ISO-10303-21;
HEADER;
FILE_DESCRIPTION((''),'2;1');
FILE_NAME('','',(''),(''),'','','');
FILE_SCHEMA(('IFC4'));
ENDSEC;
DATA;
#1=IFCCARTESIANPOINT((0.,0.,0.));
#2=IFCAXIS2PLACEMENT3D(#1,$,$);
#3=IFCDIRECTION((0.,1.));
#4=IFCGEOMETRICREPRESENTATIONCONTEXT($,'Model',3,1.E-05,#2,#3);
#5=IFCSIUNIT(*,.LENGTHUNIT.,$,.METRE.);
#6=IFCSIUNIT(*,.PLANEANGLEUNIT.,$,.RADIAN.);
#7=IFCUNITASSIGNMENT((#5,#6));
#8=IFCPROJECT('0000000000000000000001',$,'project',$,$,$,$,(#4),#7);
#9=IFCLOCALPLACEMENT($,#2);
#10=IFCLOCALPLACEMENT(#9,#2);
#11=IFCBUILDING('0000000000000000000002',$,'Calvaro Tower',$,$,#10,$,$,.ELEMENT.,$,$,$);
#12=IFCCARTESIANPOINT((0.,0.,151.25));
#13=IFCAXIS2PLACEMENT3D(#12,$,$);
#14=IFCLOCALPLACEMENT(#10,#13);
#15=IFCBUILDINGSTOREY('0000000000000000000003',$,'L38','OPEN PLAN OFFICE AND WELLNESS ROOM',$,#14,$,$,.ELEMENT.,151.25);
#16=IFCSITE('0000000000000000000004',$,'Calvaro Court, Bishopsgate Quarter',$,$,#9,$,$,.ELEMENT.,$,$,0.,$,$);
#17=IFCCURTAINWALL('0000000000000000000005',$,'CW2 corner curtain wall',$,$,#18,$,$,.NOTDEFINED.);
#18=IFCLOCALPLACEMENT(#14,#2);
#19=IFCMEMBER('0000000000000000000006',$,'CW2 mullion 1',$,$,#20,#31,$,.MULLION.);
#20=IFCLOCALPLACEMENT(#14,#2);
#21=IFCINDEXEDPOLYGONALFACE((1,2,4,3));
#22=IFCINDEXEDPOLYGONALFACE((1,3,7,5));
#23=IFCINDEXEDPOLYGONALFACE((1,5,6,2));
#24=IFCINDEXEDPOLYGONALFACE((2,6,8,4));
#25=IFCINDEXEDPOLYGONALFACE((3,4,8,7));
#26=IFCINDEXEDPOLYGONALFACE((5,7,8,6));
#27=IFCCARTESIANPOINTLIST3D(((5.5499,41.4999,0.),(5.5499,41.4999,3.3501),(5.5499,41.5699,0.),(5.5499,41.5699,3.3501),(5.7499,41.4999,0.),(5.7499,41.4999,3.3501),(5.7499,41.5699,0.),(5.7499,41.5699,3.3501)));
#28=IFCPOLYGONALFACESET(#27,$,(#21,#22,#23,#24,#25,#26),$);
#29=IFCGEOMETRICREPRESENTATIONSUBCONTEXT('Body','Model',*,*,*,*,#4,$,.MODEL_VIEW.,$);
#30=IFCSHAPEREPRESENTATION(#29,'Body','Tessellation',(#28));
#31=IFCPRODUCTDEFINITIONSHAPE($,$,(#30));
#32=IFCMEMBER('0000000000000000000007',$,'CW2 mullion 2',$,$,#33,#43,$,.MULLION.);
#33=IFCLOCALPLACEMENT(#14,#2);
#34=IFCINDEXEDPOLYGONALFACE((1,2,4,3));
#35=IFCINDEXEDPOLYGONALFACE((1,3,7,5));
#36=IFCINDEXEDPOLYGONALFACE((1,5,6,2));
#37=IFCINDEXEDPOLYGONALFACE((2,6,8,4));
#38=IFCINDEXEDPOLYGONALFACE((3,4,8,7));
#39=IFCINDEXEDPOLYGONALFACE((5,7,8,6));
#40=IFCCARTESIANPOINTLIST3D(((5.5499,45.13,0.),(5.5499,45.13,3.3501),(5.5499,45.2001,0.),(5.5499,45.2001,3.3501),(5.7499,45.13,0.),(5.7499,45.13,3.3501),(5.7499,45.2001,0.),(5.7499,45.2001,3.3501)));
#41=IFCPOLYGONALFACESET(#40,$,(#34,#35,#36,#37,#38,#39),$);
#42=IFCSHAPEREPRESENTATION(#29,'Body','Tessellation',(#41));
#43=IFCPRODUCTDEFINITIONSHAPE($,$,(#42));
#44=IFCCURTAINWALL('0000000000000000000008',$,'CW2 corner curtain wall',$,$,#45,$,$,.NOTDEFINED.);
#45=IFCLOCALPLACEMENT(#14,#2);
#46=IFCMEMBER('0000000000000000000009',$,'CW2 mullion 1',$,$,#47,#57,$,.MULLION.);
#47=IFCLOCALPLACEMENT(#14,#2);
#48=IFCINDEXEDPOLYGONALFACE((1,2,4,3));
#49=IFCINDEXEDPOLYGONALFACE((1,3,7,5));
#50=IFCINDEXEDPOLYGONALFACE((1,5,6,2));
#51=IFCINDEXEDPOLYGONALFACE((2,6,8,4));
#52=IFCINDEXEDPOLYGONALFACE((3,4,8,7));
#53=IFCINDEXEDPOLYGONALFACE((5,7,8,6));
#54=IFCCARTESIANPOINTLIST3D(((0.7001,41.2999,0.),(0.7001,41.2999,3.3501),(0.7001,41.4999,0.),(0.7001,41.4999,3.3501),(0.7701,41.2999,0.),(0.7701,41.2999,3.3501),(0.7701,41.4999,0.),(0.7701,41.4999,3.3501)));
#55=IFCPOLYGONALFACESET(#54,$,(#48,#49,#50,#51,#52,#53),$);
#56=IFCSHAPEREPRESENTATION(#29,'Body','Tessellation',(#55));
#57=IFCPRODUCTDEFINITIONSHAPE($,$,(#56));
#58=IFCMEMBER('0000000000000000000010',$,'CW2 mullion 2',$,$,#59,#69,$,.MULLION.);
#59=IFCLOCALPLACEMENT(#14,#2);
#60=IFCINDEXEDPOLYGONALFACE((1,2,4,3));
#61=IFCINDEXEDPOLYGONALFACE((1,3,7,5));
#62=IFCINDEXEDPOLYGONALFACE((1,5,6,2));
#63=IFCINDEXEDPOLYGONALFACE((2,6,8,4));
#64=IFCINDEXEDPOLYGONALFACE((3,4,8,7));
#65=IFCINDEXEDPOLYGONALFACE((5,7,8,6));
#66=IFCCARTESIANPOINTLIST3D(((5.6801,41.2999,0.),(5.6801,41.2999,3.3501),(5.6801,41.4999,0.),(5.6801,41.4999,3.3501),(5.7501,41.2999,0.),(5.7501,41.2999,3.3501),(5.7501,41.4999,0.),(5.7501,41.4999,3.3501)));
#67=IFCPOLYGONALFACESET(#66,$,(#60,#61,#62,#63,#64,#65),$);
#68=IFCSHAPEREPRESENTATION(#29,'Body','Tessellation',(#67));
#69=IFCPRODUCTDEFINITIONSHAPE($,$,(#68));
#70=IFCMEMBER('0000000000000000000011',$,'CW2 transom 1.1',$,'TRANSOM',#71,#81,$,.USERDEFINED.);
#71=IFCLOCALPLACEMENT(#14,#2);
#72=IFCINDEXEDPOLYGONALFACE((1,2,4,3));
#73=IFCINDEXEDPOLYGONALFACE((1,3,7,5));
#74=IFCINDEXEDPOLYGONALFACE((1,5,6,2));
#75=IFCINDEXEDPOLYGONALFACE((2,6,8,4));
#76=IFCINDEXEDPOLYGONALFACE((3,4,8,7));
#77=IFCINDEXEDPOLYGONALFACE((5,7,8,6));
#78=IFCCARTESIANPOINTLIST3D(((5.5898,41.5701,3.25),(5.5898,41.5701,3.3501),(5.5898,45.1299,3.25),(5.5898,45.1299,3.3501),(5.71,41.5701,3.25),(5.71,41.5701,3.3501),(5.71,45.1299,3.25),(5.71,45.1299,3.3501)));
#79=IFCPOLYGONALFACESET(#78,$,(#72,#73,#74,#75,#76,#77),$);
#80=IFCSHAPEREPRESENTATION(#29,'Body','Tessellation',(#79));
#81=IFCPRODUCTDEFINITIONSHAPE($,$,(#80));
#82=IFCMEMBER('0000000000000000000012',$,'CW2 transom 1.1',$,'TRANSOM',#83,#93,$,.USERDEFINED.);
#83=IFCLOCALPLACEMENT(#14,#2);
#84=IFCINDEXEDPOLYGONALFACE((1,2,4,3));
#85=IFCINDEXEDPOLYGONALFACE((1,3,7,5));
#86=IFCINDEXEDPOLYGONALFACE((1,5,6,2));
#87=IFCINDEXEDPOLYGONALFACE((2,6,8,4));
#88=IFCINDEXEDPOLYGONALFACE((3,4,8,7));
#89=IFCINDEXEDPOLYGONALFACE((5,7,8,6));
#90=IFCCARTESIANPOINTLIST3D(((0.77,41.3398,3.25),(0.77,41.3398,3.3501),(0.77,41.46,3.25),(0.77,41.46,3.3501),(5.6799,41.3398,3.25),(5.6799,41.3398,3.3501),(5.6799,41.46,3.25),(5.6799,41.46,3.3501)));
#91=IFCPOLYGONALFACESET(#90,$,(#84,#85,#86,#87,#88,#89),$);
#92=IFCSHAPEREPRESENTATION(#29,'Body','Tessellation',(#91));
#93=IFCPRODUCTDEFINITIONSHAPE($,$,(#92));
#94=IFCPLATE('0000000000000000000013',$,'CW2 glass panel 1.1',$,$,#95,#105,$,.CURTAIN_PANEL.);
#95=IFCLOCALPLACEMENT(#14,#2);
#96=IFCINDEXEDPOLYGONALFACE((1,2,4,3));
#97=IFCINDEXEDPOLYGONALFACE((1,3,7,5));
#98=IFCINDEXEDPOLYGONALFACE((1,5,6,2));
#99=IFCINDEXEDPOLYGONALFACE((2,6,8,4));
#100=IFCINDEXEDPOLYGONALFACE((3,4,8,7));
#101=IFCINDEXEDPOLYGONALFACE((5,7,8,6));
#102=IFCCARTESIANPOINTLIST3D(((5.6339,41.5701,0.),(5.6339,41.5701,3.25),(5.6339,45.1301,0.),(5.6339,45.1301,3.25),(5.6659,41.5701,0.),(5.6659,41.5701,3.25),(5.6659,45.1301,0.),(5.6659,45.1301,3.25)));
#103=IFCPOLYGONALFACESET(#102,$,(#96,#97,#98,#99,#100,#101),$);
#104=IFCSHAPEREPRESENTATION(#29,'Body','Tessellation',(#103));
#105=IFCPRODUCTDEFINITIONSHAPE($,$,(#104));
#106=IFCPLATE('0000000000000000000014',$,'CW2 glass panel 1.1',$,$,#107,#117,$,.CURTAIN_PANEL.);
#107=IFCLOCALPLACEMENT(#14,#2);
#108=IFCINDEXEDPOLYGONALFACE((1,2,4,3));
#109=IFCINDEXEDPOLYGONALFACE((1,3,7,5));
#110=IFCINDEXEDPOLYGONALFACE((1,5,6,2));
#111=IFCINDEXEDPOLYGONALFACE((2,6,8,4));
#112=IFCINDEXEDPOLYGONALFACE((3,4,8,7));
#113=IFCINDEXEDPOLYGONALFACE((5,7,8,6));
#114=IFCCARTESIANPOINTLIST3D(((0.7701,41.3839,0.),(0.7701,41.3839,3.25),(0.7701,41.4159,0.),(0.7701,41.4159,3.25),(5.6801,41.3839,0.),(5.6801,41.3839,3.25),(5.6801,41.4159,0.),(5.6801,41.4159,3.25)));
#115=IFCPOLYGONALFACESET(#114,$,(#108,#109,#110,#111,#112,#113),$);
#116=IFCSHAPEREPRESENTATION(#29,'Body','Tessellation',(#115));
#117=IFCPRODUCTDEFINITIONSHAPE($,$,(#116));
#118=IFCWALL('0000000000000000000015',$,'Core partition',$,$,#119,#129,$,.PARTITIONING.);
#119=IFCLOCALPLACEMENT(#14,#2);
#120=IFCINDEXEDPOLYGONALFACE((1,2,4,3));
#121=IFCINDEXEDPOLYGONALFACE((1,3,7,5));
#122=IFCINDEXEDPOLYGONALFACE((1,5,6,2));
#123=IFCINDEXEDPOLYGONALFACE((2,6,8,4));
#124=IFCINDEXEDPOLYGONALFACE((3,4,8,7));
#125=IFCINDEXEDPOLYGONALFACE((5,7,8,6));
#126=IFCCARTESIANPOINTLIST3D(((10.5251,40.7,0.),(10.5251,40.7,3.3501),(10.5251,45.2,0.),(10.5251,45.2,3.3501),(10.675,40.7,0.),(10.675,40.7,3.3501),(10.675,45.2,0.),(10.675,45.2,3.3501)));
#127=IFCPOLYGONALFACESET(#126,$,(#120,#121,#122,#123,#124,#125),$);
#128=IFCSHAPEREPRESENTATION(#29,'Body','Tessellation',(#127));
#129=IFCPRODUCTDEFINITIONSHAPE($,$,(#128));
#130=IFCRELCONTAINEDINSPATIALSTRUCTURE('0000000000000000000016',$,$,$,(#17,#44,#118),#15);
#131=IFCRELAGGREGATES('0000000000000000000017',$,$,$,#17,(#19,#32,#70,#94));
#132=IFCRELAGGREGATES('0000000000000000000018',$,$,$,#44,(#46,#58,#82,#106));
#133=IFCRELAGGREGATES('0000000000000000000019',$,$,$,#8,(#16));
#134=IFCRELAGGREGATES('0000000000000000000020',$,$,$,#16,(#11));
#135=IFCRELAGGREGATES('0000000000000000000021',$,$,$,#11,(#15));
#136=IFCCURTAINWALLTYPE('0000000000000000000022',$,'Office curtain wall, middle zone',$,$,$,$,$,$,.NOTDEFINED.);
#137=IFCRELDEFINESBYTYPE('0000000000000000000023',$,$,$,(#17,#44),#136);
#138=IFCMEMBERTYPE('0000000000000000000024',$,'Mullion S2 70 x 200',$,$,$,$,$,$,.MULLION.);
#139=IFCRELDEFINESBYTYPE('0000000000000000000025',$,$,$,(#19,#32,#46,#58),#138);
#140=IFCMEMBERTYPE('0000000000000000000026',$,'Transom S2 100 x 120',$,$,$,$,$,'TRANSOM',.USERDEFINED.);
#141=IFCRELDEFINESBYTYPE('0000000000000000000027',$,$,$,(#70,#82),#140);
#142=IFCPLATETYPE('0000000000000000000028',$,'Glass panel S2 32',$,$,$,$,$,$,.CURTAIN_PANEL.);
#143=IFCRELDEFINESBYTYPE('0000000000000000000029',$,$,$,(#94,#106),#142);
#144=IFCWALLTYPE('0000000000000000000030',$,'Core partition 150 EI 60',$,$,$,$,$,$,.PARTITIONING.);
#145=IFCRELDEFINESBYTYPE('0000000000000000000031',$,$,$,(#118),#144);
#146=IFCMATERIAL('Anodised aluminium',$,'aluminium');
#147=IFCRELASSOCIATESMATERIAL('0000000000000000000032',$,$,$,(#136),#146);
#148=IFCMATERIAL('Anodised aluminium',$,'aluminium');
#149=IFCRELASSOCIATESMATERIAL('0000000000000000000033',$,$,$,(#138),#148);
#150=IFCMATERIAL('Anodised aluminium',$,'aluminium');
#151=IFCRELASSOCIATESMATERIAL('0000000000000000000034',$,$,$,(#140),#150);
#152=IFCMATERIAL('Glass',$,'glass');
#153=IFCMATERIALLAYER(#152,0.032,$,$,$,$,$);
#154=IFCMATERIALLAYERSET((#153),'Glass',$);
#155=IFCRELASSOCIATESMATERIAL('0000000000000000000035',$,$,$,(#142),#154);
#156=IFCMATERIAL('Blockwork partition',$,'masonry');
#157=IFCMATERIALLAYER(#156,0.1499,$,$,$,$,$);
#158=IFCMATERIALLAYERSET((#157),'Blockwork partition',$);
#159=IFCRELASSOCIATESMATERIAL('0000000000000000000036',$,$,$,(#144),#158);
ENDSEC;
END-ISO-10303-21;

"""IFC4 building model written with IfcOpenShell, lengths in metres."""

from ifc_helpers import new_model, si_unit, direction, frame, frame_2d, origin, origin_2d, place, context, subcontext, project, spatial, rectangle, extrude, material, layer, layer_set, material_profile, profile_set, type_object, element, aggregate, save


model = new_model("IFC4")

# Units and contexts
model_context = context("Model", 3, precision=1e-05, world=origin(), true_north=direction((0.0, 1.0)))
body_context = subcontext(model_context, "Body", "Model", "MODEL_VIEW")
ifc_project = project(units=[si_unit("LENGTHUNIT", "METRE"), si_unit("PLANEANGLEUNIT", "RADIAN")], contexts=[model_context])

# Site, building, storey
site_placement = place(None, origin())
site = spatial("IfcSite", under=ifc_project, at=site_placement, Name="Calvaro Court, Bishopsgate Quarter", CompositionType="ELEMENT", RefElevation=0.0)
building_placement = place(site_placement, origin())
building = spatial("IfcBuilding", under=site, at=building_placement, Name="Calvaro Tower", CompositionType="ELEMENT")
storey_placement = place(building_placement, frame((0.0, 0.0, 151.25)))
storey = spatial("IfcBuildingStorey", under=building, at=storey_placement, Name="L38", Description="OPEN PLAN OFFICE AND WELLNESS ROOM", CompositionType="ELEMENT", Elevation=151.25)

# Curtain walls, members
ifc_material_1 = material(Name="Anodised aluminium", Category="aluminium")
curtain_wall_type = type_object("IfcCurtainWallType", Name="Office curtain wall, middle zone", PredefinedType="NOTDEFINED", material=ifc_material_1)
curtain_wall_1_placement = place(storey_placement, origin())
curtain_wall_1 = element("IfcCurtainWall", 1, at=curtain_wall_1_placement, inside=storey, type_object=curtain_wall_type, Name="CW2 corner curtain wall", PredefinedType="NOTDEFINED")
ifc_material_2 = material(Name="Anodised aluminium", Category="aluminium")
ifc_material_profile_1 = material_profile(ifc_material_2, rectangle(XDim=0.2, YDim=0.0701, at=origin_2d()), Name="Mullion S2 70 x 200")
ifc_profile_set_1 = profile_set([ifc_material_profile_1], Name="Anodised aluminium")
member_type_1 = type_object("IfcMemberType", Name="Mullion S2 70 x 200", PredefinedType="MULLION", material=ifc_profile_set_1)
member_1_placement = place(storey_placement, frame((5.6499, 41.5349, 0.0), z_axis=(0.0, 0.0, 1.0), x_axis=(-1.0, 0.0, 0.0)))
member_1 = element("IfcMember", 2, at=member_1_placement, type_object=member_type_1, Name="CW2 mullion 1", PredefinedType="MULLION", context=body_context, shape_type="SweptSolid", body=[
    extrude(rectangle(XDim=0.2, YDim=0.0701, at=origin_2d()), origin(), (0.0, 0.0, 1.0), 3.3501),
])
member_2_placement = place(storey_placement, frame((5.6499, 45.165, 0.0), z_axis=(0.0, 0.0, 1.0), x_axis=(-1.0, 0.0, 0.0)))
member_2 = element("IfcMember", 3, at=member_2_placement, type_object=member_type_1, Name="CW2 mullion 2", PredefinedType="MULLION", context=body_context, shape_type="SweptSolid", body=[
    extrude(rectangle(XDim=0.2, YDim=0.0701, at=origin_2d()), origin(), (0.0, 0.0, 1.0), 3.3501),
])
curtain_wall_2_placement = place(storey_placement, origin())
curtain_wall_2 = element("IfcCurtainWall", 4, at=curtain_wall_2_placement, inside=storey, type_object=curtain_wall_type, Name="CW2 corner curtain wall", PredefinedType="NOTDEFINED")
member_3_placement = place(storey_placement, frame((0.7351, 41.3999, 0.0), z_axis=(0.0, 0.0, 1.0), x_axis=(0.0, 1.0, 0.0)))
member_3 = element("IfcMember", 5, at=member_3_placement, type_object=member_type_1, Name="CW2 mullion 1", PredefinedType="MULLION", context=body_context, shape_type="SweptSolid", body=[
    extrude(rectangle(XDim=0.2, YDim=0.0701, at=origin_2d()), origin(), (0.0, 0.0, 1.0), 3.3501),
])
member_4_placement = place(storey_placement, frame((5.7151, 41.3999, 0.0), z_axis=(0.0, 0.0, 1.0), x_axis=(0.0, 1.0, 0.0)))
member_4 = element("IfcMember", 6, at=member_4_placement, type_object=member_type_1, Name="CW2 mullion 2", PredefinedType="MULLION", context=body_context, shape_type="SweptSolid", body=[
    extrude(rectangle(XDim=0.2, YDim=0.0701, at=origin_2d()), origin(), (0.0, 0.0, 1.0), 3.3501),
])

# Members
ifc_material_3 = material(Name="Anodised aluminium", Category="aluminium")
ifc_material_profile_2 = material_profile(ifc_material_3, rectangle(XDim=0.1201, YDim=0.1001, at=origin_2d()), Name="Transom S2 100 x 120")
ifc_profile_set_2 = profile_set([ifc_material_profile_2], Name="Anodised aluminium")
member_type_2 = type_object("IfcMemberType", Name="Transom S2 100 x 120", ElementType="TRANSOM", PredefinedType="USERDEFINED", material=ifc_profile_set_2)
member_5_placement = place(storey_placement, frame((5.6499, 41.5701, 3.3), z_axis=(0.0, 1.0, 0.0), x_axis=(-1.0, 0.0, 0.0)))
member_5 = element("IfcMember", 7, at=member_5_placement, type_object=member_type_2, Name="CW2 transom 1.1", ObjectType="TRANSOM", PredefinedType="USERDEFINED", context=body_context, shape_type="SweptSolid", body=[
    extrude(rectangle(XDim=0.1201, YDim=0.1001, at=origin_2d()), origin(), (0.0, 0.0, 1.0), 3.5598),
])
member_6_placement = place(storey_placement, frame((0.77, 41.3999, 3.3), z_axis=(1.0, 0.0, 0.0), x_axis=(0.0, 1.0, 0.0)))
member_6 = element("IfcMember", 8, at=member_6_placement, type_object=member_type_2, Name="CW2 transom 1.1", ObjectType="TRANSOM", PredefinedType="USERDEFINED", context=body_context, shape_type="SweptSolid", body=[
    extrude(rectangle(XDim=0.1201, YDim=0.1001, at=origin_2d()), origin(), (0.0, 0.0, 1.0), 4.9099),
])

# Plates
ifc_material_4 = material(Name="Glass", Category="glass")
ifc_layer_1 = layer(ifc_material_4, 0.032)
ifc_layer_set_1 = layer_set([ifc_layer_1], Name="Glass")
plate_type = type_object("IfcPlateType", Name="Glass panel S2 32", PredefinedType="CURTAIN_PANEL", material=ifc_layer_set_1)
plate_1_placement = place(storey_placement, frame((5.6499, 43.3501, 0.0), z_axis=(0.0, 0.0, 1.0), x_axis=(0.0, 1.0, 0.0)))
plate_1 = element("IfcPlate", 9, at=plate_1_placement, type_object=plate_type, Name="CW2 glass panel 1.1", PredefinedType="CURTAIN_PANEL", context=body_context, shape_type="SweptSolid", body=[
    extrude(rectangle(XDim=3.5601, YDim=0.032, at=origin_2d()), origin(), (0.0, 0.0, 1.0), 3.25),
])
aggregate(curtain_wall_1, [member_1, member_2, member_5, plate_1])
plate_2_placement = place(storey_placement, frame((3.2251, 41.3999, 0.0), z_axis=(0.0, 0.0, 1.0), x_axis=(1.0, 0.0, 0.0)))
plate_2 = element("IfcPlate", 10, at=plate_2_placement, type_object=plate_type, Name="CW2 glass panel 1.1", PredefinedType="CURTAIN_PANEL", context=body_context, shape_type="SweptSolid", body=[
    extrude(rectangle(XDim=4.9099, YDim=0.032, at=origin_2d()), origin(), (0.0, 0.0, 1.0), 3.25),
])
aggregate(curtain_wall_2, [member_3, member_4, member_6, plate_2])

# Wall
ifc_material_5 = material(Name="Blockwork partition", Category="masonry")
ifc_layer_2 = layer(ifc_material_5, 0.1499)
ifc_layer_set_2 = layer_set([ifc_layer_2], Name="Blockwork partition")
wall_type_1 = type_object("IfcWallType", Name="Core partition 150 EI 60", PredefinedType="PARTITIONING", material=ifc_layer_set_2)
wall_1_placement = place(storey_placement, frame((10.6001, 40.7, 0.0), z_axis=(0.0, 0.0, 1.0), x_axis=(0.0, 1.0, 0.0)))
element("IfcWall", 11, at=wall_1_placement, inside=storey, type_object=wall_type_1, Name="Core partition", PredefinedType="PARTITIONING", context=body_context, shape_type="SweptSolid", body=[
    extrude(rectangle(XDim=4.5, YDim=0.1499, at=frame_2d((2.25, 0.0))), origin(), (0.0, 0.0, 1.0), 3.3501),
])

save(model, "model.ifc")
